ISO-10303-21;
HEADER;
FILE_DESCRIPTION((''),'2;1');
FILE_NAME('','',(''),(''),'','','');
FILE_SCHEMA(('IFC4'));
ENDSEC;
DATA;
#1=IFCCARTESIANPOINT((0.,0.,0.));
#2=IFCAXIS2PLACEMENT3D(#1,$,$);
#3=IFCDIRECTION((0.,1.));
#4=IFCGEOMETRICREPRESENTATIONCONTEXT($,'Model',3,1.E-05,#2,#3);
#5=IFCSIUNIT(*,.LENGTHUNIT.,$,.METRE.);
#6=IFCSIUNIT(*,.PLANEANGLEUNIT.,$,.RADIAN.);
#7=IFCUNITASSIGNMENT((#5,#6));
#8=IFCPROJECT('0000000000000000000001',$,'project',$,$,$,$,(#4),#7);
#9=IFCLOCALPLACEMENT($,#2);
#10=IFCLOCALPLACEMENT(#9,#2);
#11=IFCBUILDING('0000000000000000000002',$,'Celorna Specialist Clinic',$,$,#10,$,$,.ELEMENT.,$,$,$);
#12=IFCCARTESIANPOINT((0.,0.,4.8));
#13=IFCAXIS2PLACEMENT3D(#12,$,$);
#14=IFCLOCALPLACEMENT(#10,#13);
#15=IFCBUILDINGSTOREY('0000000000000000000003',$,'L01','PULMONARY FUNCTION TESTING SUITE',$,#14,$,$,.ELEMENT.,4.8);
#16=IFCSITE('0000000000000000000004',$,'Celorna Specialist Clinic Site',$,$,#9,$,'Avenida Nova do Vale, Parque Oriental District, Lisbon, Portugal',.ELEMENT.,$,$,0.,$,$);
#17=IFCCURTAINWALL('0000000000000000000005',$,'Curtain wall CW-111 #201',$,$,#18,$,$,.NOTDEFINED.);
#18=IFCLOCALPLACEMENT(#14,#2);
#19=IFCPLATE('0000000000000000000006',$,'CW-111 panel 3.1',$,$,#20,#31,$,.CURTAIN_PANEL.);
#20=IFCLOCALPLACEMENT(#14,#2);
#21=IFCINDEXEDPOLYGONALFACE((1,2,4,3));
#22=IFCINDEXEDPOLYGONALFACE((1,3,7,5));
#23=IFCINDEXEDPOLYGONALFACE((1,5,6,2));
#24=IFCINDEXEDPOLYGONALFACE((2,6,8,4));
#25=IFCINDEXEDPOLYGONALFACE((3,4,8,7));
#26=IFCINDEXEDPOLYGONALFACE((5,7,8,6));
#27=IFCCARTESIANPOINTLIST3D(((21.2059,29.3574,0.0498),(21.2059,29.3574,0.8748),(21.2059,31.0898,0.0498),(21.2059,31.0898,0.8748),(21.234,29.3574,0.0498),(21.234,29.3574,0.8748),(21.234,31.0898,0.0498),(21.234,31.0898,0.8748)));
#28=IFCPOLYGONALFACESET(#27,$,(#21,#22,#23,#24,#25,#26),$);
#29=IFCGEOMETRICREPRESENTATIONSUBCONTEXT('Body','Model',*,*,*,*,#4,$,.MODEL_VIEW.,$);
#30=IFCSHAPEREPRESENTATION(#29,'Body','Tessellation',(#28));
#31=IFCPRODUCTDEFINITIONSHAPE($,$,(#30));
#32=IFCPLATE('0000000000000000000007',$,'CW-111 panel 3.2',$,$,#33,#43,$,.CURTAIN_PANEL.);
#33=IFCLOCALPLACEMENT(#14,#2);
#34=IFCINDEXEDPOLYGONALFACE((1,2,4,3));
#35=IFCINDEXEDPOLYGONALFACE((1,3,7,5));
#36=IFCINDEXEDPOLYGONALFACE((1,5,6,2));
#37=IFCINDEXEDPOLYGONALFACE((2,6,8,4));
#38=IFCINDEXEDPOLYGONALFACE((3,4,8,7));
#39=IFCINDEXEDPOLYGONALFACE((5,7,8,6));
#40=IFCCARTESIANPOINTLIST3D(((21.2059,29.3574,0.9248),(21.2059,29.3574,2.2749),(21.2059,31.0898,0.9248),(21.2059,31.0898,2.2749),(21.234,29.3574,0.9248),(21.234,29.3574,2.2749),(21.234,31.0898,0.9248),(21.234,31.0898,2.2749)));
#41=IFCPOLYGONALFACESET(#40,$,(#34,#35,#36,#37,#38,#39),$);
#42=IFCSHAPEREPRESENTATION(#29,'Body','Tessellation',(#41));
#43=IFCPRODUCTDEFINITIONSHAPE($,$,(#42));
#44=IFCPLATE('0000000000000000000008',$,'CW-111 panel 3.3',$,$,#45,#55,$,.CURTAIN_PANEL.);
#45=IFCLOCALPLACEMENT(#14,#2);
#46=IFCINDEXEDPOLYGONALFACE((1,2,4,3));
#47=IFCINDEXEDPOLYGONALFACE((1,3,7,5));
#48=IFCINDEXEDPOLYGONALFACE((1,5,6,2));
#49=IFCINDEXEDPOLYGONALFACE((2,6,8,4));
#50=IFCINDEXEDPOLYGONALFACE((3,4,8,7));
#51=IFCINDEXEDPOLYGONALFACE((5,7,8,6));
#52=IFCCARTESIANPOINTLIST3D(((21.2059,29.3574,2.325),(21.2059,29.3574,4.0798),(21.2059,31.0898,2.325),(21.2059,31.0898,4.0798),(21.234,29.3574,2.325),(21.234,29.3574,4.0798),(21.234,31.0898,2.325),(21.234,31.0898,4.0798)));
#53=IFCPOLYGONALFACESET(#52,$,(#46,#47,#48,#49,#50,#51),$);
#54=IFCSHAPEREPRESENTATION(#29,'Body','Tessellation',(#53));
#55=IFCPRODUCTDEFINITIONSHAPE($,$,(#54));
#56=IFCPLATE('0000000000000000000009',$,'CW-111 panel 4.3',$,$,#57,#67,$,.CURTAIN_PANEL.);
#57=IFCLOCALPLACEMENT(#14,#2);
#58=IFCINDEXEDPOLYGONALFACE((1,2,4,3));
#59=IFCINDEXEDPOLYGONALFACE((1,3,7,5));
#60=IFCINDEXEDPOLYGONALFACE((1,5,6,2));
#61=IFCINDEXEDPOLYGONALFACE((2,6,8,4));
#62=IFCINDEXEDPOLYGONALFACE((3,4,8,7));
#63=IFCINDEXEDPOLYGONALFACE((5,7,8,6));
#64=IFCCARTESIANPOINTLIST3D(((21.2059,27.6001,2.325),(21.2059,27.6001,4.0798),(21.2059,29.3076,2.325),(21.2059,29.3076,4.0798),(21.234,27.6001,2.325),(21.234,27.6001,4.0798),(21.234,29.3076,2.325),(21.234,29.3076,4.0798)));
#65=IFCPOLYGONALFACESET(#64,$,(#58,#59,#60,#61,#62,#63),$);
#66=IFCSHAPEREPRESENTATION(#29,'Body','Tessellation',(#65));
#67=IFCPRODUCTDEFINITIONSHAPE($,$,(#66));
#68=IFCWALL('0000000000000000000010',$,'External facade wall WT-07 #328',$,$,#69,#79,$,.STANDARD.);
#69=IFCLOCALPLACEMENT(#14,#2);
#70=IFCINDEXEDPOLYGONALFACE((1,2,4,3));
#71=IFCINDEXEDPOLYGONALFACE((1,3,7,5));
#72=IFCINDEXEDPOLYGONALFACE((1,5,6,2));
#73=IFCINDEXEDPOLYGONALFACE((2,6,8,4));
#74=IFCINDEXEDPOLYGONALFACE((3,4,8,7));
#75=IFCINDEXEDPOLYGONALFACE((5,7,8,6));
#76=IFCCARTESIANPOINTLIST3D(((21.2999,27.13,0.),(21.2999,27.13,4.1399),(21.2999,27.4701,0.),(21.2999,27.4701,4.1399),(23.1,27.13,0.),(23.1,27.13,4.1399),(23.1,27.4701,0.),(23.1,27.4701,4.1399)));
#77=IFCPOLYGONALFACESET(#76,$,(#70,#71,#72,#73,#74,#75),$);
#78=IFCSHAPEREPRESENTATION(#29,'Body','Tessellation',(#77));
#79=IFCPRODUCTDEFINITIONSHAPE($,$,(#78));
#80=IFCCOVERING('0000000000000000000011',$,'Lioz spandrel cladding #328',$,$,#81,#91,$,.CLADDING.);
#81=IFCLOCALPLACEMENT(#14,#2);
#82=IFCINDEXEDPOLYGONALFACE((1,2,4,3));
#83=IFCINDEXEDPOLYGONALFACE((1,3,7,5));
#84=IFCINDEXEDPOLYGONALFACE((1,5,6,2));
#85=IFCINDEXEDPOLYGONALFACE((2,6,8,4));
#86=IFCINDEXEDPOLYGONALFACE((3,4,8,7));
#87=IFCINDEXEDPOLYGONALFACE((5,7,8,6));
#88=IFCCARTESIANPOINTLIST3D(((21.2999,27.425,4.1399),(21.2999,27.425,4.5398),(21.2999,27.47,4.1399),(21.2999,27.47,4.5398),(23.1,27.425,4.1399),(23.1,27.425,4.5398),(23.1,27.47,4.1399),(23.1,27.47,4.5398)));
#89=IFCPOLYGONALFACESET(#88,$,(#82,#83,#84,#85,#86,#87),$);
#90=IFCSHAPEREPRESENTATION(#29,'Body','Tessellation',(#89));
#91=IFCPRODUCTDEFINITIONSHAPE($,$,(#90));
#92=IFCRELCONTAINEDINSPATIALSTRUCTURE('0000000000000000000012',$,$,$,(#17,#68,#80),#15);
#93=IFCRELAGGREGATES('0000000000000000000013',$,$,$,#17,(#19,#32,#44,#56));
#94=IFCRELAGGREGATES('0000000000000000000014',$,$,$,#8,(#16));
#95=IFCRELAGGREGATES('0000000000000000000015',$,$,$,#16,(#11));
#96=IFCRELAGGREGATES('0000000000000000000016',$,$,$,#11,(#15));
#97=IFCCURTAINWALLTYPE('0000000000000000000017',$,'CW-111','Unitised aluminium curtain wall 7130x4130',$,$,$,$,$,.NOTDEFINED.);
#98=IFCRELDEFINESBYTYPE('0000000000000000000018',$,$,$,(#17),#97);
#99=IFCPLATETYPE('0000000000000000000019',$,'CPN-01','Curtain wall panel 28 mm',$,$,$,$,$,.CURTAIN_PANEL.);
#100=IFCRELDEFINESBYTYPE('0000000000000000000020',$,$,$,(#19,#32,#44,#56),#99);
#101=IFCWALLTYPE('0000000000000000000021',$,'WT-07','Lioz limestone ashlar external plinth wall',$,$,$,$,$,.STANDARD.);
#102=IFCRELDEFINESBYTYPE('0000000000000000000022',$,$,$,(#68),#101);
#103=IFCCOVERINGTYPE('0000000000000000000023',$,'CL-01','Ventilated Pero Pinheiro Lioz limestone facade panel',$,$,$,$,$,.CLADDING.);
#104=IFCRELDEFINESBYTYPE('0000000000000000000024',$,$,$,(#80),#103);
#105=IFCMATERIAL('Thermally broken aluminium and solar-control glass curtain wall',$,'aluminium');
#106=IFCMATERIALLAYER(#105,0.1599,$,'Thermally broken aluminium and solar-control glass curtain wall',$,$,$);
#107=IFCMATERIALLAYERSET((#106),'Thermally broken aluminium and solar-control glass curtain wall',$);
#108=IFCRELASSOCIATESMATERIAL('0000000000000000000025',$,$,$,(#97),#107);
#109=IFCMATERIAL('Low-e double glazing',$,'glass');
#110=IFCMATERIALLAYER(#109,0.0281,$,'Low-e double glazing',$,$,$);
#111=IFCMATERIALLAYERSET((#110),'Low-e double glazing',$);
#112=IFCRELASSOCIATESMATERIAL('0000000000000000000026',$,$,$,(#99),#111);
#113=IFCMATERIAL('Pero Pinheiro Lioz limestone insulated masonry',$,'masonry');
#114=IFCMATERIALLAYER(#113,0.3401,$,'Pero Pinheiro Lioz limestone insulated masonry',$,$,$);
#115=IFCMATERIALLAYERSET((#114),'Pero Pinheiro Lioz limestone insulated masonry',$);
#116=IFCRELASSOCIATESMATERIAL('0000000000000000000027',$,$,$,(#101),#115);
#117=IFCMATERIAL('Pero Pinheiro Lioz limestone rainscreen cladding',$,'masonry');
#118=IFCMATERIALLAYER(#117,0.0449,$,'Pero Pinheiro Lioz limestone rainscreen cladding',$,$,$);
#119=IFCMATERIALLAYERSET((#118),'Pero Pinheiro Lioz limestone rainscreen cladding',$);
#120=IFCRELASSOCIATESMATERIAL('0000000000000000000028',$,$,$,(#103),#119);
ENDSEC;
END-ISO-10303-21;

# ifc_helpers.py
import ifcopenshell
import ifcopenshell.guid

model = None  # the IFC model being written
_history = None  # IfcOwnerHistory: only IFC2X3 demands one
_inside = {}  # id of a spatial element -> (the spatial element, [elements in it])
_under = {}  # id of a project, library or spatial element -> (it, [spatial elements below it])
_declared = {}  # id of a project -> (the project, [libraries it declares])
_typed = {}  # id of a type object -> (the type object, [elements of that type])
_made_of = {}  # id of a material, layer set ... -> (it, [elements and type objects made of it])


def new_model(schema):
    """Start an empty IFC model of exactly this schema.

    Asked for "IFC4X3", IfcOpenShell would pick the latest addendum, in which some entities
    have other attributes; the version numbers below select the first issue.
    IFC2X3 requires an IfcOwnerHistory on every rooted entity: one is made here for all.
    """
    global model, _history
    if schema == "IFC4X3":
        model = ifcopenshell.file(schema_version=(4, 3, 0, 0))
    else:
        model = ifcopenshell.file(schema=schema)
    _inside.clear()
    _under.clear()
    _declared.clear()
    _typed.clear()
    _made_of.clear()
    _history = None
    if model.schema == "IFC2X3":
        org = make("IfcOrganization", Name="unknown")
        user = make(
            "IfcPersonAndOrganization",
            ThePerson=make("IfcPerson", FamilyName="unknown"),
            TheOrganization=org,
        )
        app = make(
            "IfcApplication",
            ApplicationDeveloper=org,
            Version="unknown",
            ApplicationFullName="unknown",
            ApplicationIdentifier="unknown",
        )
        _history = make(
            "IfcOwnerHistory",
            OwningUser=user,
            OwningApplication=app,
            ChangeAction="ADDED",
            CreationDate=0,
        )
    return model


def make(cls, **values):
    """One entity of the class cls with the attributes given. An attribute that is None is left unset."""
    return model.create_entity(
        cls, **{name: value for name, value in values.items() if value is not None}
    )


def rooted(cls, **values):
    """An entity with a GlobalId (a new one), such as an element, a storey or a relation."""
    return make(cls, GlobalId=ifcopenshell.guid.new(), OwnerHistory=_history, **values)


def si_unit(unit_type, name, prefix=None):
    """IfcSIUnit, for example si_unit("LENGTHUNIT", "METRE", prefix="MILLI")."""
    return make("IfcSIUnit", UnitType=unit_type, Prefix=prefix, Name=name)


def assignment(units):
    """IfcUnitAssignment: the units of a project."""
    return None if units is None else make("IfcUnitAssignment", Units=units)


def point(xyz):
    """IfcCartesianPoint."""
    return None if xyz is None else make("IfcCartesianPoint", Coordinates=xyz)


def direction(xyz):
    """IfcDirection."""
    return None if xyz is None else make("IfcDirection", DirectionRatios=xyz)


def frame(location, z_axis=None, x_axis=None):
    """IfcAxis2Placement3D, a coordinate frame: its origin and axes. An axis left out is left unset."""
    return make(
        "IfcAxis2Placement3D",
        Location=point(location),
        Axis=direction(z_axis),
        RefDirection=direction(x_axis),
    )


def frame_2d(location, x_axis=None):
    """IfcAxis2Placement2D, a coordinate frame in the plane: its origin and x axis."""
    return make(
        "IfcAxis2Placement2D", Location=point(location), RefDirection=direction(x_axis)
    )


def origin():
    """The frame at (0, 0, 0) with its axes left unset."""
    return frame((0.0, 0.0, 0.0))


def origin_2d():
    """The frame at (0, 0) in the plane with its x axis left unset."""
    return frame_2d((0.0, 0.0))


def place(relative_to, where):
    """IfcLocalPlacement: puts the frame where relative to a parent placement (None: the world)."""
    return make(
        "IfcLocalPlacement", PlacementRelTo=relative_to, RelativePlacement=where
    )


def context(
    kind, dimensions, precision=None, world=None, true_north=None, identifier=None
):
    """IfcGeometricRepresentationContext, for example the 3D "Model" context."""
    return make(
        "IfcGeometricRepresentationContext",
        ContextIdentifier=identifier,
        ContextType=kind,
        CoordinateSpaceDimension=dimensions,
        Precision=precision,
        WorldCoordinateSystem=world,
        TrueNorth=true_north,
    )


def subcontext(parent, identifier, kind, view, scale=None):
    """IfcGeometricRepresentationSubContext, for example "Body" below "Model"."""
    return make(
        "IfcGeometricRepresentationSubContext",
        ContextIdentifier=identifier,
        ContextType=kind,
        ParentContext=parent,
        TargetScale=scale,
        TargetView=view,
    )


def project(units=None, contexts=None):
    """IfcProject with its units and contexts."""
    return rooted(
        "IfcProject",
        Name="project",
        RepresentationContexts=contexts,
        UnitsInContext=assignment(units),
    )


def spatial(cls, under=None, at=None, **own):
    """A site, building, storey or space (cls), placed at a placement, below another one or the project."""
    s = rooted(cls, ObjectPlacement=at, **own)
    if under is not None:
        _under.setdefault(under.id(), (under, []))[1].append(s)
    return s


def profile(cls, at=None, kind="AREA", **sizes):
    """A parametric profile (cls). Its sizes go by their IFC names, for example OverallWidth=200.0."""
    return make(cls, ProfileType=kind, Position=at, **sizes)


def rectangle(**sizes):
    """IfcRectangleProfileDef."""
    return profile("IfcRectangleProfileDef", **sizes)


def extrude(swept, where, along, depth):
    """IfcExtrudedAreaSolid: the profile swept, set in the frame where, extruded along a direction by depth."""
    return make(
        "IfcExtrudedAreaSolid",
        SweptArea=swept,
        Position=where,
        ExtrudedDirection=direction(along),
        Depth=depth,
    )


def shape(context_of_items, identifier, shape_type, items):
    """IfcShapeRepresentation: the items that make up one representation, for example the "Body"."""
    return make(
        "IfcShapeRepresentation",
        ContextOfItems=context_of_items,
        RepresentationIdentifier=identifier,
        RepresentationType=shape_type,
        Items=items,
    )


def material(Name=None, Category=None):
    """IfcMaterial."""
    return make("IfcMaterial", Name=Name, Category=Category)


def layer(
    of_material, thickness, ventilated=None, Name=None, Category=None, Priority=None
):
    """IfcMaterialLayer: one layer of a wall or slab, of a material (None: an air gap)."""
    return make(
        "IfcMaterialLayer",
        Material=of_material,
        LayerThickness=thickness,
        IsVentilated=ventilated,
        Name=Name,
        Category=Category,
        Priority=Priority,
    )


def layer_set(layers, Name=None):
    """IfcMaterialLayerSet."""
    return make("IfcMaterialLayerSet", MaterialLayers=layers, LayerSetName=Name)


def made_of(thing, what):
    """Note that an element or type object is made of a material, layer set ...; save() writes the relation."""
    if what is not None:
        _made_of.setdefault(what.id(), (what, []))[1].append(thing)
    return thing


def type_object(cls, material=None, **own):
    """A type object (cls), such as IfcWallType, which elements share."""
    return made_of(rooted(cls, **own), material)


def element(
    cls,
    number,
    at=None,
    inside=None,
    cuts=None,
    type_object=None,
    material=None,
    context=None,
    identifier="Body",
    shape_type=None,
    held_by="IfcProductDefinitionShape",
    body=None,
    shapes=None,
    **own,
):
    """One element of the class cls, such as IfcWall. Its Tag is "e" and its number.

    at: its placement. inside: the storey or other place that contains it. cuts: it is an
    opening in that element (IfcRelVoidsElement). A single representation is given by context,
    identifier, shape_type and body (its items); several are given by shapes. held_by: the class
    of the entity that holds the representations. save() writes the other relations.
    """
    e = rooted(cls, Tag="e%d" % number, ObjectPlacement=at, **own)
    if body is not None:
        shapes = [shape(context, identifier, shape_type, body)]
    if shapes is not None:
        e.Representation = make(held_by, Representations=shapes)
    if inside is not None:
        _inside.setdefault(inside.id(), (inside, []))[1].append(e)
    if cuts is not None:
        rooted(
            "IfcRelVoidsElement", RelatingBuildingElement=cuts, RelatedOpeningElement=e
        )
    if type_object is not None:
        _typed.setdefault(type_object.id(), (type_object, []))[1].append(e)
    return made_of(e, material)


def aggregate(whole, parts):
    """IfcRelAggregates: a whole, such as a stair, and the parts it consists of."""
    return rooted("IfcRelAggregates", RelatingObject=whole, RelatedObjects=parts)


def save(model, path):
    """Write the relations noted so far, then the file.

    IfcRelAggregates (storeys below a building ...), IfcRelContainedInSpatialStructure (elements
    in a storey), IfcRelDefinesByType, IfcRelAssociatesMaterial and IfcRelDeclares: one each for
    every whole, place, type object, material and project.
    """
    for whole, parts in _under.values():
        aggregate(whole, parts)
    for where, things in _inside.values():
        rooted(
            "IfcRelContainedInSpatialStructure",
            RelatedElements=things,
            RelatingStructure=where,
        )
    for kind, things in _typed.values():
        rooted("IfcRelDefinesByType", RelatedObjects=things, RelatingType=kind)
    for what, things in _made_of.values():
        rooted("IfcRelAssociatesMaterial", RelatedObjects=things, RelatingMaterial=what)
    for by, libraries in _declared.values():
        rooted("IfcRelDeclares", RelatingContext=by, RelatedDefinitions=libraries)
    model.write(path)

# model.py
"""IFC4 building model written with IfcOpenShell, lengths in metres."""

from ifc_helpers import new_model, si_unit, direction, frame, frame_2d, origin, origin_2d, place, context, subcontext, project, spatial, rectangle, extrude, material, layer, layer_set, type_object, element, aggregate, save


model = new_model("IFC4")

# Units and contexts
model_context = context("Model", 3, precision=1e-05, world=origin(), true_north=direction((0.0, 1.0)))
body_context = subcontext(model_context, "Body", "Model", "MODEL_VIEW")
ifc_project = project(units=[si_unit("LENGTHUNIT", "METRE"), si_unit("PLANEANGLEUNIT", "RADIAN")], contexts=[model_context])

# Site, building, storey
site_placement = place(None, origin())
site = spatial("IfcSite", under=ifc_project, at=site_placement, Name="Celorna Specialist Clinic Site", LongName="Avenida Nova do Vale, Parque Oriental District, Lisbon, Portugal", CompositionType="ELEMENT", RefElevation=0.0)
building_placement = place(site_placement, origin())
building = spatial("IfcBuilding", under=site, at=building_placement, Name="Celorna Specialist Clinic", CompositionType="ELEMENT")
storey_placement = place(building_placement, frame((0.0, 0.0, 4.8)))
storey = spatial("IfcBuildingStorey", under=building, at=storey_placement, Name="L01", Description="PULMONARY FUNCTION TESTING SUITE", CompositionType="ELEMENT", Elevation=4.8)

# Curtain wall, plates
ifc_material_1 = material(Name="Thermally broken aluminium and solar-control glass curtain wall", Category="aluminium")
ifc_layer_1 = layer(ifc_material_1, 0.1599, Name="Thermally broken aluminium and solar-control glass curtain wall")
ifc_layer_set_1 = layer_set([ifc_layer_1], Name="Thermally broken aluminium and solar-control glass curtain wall")
curtain_wall_type = type_object("IfcCurtainWallType", Name="CW-111", Description="Unitised aluminium curtain wall 7130x4130", PredefinedType="NOTDEFINED", material=ifc_layer_set_1)
curtain_wall_placement = place(storey_placement, origin())
curtain_wall = element("IfcCurtainWall", 1, at=curtain_wall_placement, inside=storey, type_object=curtain_wall_type, Name="Curtain wall CW-111 #201", PredefinedType="NOTDEFINED")
ifc_material_2 = material(Name="Low-e double glazing", Category="glass")
ifc_layer_2 = layer(ifc_material_2, 0.0281, Name="Low-e double glazing")
ifc_layer_set_2 = layer_set([ifc_layer_2], Name="Low-e double glazing")
plate_type = type_object("IfcPlateType", Name="CPN-01", Description="Curtain wall panel 28 mm", PredefinedType="CURTAIN_PANEL", material=ifc_layer_set_2)
plate_1_placement = place(storey_placement, frame((21.22, 30.2236, 0.0498), z_axis=(0.0, 0.0, 1.0), x_axis=(0.0, -1.0, 0.0)))
plate_1 = element("IfcPlate", 2, at=plate_1_placement, type_object=plate_type, Name="CW-111 panel 3.1", PredefinedType="CURTAIN_PANEL", context=body_context, shape_type="SweptSolid", body=[
    extrude(rectangle(XDim=1.7324, YDim=0.0281, at=origin_2d()), origin(), (0.0, 0.0, 1.0), 0.825),
])
plate_2_placement = place(storey_placement, frame((21.22, 30.2236, 0.9248), z_axis=(0.0, 0.0, 1.0), x_axis=(0.0, -1.0, 0.0)))
plate_2 = element("IfcPlate", 3, at=plate_2_placement, type_object=plate_type, Name="CW-111 panel 3.2", PredefinedType="CURTAIN_PANEL", context=body_context, shape_type="SweptSolid", body=[
    extrude(rectangle(XDim=1.7324, YDim=0.0281, at=origin_2d()), origin(), (0.0, 0.0, 1.0), 1.3501),
])
plate_3_placement = place(storey_placement, frame((21.22, 30.2236, 2.325), z_axis=(0.0, 0.0, 1.0), x_axis=(0.0, -1.0, 0.0)))
plate_3 = element("IfcPlate", 4, at=plate_3_placement, type_object=plate_type, Name="CW-111 panel 3.3", PredefinedType="CURTAIN_PANEL", context=body_context, shape_type="SweptSolid", body=[
    extrude(rectangle(XDim=1.7324, YDim=0.0281, at=origin_2d()), origin(), (0.0, 0.0, 1.0), 1.7549),
])
plate_4_placement = place(storey_placement, frame((21.22, 28.4539, 2.325), z_axis=(0.0, 0.0, 1.0), x_axis=(0.0, -1.0, 0.0)))
plate_4 = element("IfcPlate", 5, at=plate_4_placement, type_object=plate_type, Name="CW-111 panel 4.3", PredefinedType="CURTAIN_PANEL", context=body_context, shape_type="SweptSolid", body=[
    extrude(rectangle(XDim=1.7075, YDim=0.0281, at=origin_2d()), origin(), (0.0, 0.0, 1.0), 1.7549),
])
aggregate(curtain_wall, [plate_1, plate_2, plate_3, plate_4])

# Wall
ifc_material_3 = material(Name="Pero Pinheiro Lioz limestone insulated masonry", Category="masonry")
ifc_layer_3 = layer(ifc_material_3, 0.3401, Name="Pero Pinheiro Lioz limestone insulated masonry")
ifc_layer_set_3 = layer_set([ifc_layer_3], Name="Pero Pinheiro Lioz limestone insulated masonry")
wall_type = type_object("IfcWallType", Name="WT-07", Description="Lioz limestone ashlar external plinth wall", PredefinedType="STANDARD", material=ifc_layer_set_3)
wall_placement = place(storey_placement, frame((21.3, 27.3, 0.0), z_axis=(0.0, 0.0, 1.0), x_axis=(1.0, 0.0, 0.0)))
element("IfcWall", 6, at=wall_placement, inside=storey, type_object=wall_type, Name="External facade wall WT-07 #328", PredefinedType="STANDARD", context=body_context, shape_type="SweptSolid", body=[
    extrude(rectangle(XDim=1.8, YDim=0.3401, at=frame_2d((0.8999, 0.0))), origin(), (0.0, 0.0, 1.0), 4.1399),
])

# Covering
ifc_material_4 = material(Name="Pero Pinheiro Lioz limestone rainscreen cladding", Category="masonry")
ifc_layer_4 = layer(ifc_material_4, 0.0449, Name="Pero Pinheiro Lioz limestone rainscreen cladding")
ifc_layer_set_4 = layer_set([ifc_layer_4], Name="Pero Pinheiro Lioz limestone rainscreen cladding")
covering_type = type_object("IfcCoveringType", Name="CL-01", Description="Ventilated Pero Pinheiro Lioz limestone facade panel", PredefinedType="CLADDING", material=ifc_layer_set_4)
covering_placement = place(storey_placement, frame((22.2, 27.4475, 4.1399), z_axis=(0.0, 0.0, 1.0), x_axis=(1.0, 0.0, 0.0)))
element("IfcCovering", 7, at=covering_placement, inside=storey, type_object=covering_type, Name="Lioz spandrel cladding #328", PredefinedType="CLADDING", context=body_context, shape_type="SweptSolid", body=[
    extrude(rectangle(XDim=1.8, YDim=0.0449, at=origin_2d()), origin(), (0.0, 0.0, 1.0), 0.3999),
])

save(model, "model.ifc")
